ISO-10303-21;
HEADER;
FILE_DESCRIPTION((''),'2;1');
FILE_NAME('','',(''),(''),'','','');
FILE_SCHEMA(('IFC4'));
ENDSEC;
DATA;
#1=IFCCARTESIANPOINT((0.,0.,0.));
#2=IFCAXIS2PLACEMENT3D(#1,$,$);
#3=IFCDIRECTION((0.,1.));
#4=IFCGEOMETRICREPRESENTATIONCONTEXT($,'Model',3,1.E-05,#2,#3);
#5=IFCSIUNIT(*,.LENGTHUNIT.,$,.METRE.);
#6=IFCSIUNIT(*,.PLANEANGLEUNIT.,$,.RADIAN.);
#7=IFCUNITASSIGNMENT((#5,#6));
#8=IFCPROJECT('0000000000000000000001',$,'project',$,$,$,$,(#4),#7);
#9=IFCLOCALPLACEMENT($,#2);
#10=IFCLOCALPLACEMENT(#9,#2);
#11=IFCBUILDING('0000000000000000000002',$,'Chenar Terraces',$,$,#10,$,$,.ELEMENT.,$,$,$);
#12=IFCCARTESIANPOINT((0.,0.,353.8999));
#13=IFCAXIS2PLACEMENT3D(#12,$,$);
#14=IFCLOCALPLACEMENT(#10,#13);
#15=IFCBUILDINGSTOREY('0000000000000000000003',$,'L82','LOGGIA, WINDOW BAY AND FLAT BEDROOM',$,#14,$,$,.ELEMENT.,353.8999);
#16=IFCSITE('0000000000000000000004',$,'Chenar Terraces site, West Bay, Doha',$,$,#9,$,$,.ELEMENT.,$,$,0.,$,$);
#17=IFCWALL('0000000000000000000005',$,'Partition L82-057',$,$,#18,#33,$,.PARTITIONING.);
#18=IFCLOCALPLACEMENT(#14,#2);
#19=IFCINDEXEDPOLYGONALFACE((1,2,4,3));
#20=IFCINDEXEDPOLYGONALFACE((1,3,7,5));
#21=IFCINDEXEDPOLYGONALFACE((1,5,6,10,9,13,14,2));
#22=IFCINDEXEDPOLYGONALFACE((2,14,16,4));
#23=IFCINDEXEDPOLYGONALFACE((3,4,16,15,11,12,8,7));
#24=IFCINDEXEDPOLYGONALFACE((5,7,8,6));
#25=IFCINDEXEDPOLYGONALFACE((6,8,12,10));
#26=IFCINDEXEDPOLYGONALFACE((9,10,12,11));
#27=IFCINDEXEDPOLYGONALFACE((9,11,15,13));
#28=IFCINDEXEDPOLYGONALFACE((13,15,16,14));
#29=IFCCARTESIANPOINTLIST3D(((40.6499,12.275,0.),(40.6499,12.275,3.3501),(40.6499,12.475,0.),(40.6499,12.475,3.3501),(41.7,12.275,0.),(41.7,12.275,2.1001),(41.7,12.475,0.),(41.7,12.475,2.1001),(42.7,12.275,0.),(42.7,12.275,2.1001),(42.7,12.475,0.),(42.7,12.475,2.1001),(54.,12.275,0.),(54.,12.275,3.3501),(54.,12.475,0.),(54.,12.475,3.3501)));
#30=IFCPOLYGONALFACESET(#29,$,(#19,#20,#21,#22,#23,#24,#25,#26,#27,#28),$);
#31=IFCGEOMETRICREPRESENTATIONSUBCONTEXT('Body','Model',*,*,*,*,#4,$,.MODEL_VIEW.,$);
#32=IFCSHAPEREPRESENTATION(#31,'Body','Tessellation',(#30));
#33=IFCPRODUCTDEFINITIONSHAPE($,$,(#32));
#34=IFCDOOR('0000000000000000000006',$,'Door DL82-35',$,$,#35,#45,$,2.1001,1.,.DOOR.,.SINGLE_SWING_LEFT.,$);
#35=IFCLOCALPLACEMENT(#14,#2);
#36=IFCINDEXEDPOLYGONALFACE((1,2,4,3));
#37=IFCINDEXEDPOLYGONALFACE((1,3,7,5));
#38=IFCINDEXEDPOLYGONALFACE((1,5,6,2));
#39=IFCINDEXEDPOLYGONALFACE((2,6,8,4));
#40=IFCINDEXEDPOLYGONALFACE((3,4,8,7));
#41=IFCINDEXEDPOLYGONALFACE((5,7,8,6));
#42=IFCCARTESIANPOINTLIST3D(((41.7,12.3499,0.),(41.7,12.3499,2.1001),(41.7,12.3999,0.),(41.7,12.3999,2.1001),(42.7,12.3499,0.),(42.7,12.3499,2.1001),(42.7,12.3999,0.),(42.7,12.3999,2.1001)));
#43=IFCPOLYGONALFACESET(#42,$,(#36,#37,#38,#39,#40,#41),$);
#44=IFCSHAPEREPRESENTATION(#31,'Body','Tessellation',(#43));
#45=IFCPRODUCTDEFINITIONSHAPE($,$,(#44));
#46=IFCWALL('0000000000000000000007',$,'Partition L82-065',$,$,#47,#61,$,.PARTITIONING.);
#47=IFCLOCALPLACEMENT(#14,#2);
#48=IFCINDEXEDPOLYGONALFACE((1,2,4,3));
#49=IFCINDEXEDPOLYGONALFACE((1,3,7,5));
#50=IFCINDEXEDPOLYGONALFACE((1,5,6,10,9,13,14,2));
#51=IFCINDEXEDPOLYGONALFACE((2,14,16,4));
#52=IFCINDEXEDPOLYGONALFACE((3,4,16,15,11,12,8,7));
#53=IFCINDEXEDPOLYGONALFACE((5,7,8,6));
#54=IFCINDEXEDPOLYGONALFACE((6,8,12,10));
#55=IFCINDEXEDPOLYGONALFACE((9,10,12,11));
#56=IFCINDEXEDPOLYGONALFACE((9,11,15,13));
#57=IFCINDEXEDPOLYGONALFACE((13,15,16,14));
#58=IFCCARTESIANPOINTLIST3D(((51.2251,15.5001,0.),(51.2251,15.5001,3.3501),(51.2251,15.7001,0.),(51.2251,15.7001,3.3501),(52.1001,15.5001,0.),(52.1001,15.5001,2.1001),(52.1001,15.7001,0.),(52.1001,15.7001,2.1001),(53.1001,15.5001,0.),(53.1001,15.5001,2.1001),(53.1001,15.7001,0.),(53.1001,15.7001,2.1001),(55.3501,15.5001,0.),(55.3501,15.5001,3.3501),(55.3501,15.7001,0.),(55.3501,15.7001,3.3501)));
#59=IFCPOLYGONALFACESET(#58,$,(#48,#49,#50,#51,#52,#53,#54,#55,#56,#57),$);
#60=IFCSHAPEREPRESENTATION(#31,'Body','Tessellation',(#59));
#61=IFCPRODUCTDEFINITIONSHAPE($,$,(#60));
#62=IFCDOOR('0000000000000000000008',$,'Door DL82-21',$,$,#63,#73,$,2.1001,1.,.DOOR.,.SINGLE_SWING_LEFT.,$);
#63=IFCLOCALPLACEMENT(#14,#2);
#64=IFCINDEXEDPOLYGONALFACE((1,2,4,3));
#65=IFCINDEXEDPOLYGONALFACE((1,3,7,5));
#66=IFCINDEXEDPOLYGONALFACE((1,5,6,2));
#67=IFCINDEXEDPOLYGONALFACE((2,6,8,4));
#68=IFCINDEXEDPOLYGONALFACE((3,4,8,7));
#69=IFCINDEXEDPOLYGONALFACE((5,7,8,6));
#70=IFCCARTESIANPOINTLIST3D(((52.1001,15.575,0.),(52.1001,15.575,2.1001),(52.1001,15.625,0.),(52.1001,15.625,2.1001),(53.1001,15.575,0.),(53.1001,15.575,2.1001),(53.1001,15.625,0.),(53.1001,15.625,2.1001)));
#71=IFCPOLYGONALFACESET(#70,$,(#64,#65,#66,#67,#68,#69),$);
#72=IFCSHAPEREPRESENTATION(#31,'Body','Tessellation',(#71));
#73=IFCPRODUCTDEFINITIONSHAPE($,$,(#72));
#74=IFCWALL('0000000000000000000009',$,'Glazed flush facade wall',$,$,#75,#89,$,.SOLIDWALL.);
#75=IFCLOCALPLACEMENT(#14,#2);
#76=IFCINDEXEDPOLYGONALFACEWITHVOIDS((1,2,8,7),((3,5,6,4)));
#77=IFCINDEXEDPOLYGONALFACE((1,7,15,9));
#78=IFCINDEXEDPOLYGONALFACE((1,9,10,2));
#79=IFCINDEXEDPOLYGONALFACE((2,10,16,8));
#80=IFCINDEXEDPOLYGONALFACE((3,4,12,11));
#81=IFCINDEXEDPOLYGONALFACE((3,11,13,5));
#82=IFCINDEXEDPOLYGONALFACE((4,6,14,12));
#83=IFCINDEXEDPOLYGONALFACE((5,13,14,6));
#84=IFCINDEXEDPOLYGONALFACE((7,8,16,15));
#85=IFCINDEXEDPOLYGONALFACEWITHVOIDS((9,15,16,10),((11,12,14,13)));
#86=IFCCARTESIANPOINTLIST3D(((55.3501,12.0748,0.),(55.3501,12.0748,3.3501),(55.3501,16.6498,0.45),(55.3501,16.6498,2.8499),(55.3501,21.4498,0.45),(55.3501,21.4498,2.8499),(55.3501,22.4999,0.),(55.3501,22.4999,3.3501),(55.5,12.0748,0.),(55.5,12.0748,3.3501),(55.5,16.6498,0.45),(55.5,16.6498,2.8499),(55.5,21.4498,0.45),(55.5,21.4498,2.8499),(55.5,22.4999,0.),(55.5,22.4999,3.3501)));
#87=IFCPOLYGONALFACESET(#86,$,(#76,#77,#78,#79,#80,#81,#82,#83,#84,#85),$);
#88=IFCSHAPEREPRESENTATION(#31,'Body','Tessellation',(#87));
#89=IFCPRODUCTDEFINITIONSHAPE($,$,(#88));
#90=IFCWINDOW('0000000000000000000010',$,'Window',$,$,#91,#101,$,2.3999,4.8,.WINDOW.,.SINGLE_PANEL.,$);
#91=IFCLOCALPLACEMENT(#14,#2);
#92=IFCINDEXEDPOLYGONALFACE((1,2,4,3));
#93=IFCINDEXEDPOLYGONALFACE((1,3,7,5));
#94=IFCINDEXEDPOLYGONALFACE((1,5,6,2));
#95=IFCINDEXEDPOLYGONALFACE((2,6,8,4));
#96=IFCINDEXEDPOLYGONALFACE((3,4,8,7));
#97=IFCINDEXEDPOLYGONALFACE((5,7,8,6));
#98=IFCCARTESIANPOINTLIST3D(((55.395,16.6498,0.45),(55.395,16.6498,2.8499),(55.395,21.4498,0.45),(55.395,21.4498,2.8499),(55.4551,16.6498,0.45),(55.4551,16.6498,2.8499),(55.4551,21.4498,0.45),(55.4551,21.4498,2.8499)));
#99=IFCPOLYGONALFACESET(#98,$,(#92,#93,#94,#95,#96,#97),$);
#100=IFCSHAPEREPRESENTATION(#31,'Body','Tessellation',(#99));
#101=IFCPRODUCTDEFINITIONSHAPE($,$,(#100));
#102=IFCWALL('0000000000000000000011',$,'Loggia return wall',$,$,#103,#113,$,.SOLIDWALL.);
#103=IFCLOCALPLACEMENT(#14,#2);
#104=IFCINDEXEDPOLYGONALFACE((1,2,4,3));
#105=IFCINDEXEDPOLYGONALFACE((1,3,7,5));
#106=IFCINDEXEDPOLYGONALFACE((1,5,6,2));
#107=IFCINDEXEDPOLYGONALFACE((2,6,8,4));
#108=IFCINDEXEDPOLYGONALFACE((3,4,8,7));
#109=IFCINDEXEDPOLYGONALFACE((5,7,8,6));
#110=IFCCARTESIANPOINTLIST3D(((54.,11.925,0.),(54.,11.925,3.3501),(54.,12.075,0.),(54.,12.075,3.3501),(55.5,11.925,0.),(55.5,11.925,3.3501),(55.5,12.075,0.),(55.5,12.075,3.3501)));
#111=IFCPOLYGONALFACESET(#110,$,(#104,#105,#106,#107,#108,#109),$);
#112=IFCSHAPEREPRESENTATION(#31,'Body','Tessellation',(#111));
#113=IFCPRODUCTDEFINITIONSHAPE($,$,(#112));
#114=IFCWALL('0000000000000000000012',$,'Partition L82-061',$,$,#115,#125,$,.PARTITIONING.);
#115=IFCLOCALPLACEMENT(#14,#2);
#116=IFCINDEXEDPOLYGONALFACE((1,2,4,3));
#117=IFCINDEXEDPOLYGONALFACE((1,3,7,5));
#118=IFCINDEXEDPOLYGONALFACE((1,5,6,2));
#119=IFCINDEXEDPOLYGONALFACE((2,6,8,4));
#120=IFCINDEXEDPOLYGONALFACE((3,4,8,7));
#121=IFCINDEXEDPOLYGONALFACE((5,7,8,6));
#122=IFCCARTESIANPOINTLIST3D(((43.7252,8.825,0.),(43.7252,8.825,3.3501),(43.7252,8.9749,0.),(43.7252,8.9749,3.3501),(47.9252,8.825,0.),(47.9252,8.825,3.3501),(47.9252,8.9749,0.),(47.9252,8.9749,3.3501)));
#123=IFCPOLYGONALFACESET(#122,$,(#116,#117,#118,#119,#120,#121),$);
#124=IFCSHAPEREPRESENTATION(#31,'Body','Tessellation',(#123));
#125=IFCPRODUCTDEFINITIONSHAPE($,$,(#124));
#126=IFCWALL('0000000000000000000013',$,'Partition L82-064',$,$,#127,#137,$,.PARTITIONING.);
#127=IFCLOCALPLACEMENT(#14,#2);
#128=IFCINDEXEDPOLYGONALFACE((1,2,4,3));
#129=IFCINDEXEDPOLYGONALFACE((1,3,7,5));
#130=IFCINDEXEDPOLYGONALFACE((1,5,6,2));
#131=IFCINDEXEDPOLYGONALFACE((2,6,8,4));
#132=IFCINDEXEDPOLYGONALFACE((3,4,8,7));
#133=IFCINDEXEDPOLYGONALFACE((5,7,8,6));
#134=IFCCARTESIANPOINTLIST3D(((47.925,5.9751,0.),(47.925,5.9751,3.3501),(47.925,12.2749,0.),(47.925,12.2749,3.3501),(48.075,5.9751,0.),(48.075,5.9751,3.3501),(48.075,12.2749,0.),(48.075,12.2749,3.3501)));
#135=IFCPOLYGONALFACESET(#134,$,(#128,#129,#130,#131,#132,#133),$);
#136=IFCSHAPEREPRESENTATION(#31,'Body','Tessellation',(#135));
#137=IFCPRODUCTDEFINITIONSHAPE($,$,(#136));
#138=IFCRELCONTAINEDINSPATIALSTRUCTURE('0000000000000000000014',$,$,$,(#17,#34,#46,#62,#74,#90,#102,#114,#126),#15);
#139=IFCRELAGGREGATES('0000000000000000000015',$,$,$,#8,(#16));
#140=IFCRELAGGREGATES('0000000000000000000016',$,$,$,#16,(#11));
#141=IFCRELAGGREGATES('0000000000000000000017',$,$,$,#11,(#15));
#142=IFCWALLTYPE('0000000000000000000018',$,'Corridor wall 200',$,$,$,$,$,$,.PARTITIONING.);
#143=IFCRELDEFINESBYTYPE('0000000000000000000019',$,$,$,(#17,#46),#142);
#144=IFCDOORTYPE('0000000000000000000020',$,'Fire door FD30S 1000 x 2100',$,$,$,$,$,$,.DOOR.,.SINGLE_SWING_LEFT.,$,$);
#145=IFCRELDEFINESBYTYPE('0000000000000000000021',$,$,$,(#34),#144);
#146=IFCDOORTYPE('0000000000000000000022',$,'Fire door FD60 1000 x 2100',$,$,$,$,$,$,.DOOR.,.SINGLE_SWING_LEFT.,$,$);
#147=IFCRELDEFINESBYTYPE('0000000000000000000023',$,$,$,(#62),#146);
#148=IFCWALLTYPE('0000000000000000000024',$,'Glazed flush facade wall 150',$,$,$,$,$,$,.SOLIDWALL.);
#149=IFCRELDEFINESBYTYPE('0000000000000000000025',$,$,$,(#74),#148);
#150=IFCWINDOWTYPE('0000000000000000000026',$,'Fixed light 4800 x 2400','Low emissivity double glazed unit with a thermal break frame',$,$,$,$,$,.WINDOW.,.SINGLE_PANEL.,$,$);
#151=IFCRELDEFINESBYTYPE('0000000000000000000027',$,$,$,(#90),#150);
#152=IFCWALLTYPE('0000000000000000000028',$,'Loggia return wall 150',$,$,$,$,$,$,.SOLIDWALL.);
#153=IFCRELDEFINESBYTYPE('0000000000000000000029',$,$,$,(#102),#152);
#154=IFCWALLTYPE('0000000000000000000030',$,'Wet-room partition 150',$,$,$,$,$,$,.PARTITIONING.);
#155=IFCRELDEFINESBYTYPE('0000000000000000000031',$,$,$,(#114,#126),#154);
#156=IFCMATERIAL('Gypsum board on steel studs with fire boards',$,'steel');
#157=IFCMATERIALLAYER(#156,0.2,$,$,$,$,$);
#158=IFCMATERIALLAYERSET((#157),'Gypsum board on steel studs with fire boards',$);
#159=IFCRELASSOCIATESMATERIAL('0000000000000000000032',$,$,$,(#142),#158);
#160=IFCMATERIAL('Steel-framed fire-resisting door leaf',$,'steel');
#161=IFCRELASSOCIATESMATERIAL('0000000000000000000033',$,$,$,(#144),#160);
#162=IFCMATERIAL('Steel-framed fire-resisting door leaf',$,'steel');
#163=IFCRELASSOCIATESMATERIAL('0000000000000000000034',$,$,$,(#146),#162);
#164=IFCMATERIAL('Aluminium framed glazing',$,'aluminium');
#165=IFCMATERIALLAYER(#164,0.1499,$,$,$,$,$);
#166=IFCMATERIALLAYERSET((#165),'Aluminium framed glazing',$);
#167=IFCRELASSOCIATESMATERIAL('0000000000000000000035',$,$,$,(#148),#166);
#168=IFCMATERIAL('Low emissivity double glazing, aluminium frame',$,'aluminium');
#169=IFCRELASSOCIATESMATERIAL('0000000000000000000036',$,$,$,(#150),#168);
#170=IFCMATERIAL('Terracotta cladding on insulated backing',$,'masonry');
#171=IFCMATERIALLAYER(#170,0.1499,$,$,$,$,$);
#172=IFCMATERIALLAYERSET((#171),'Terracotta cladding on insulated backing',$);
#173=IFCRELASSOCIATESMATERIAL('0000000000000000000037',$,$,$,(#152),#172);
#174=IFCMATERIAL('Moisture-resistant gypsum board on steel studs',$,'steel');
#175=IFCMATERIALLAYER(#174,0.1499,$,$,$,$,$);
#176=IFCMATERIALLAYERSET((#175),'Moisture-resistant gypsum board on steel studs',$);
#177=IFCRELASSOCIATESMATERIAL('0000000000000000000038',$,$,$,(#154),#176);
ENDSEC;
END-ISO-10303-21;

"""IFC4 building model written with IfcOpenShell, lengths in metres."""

from ifc_helpers import new_model, si_unit, direction, frame, frame_2d, origin, place, context, subcontext, project, spatial, rectangle, extrude, material, layer, layer_set, type_object, element, fill, save


model = new_model("IFC4")

# Units and contexts
model_context = context("Model", 3, precision=1e-05, world=origin(), true_north=direction((0.0, 1.0)))
body_context = subcontext(model_context, "Body", "Model", "MODEL_VIEW")
ifc_project = project(units=[si_unit("LENGTHUNIT", "METRE"), si_unit("PLANEANGLEUNIT", "RADIAN")], contexts=[model_context])

# Site, building, storey
site_placement = place(None, origin())
site = spatial("IfcSite", under=ifc_project, at=site_placement, Name="Chenar Terraces site, West Bay, Doha", CompositionType="ELEMENT", RefElevation=0.0)
building_placement = place(site_placement, origin())
building = spatial("IfcBuilding", under=site, at=building_placement, Name="Chenar Terraces", CompositionType="ELEMENT")
storey_placement = place(building_placement, frame((0.0, 0.0, 353.8999)))
storey = spatial("IfcBuildingStorey", under=building, at=storey_placement, Name="L82", Description="LOGGIA, WINDOW BAY AND FLAT BEDROOM", CompositionType="ELEMENT", Elevation=353.8999)

# Walls, openings, doors
ifc_material_1 = material(Name="Gypsum board on steel studs with fire boards", Category="steel")
ifc_layer_1 = layer(ifc_material_1, 0.2)
ifc_layer_set_1 = layer_set([ifc_layer_1], Name="Gypsum board on steel studs with fire boards")
wall_type_1 = type_object("IfcWallType", Name="Corridor wall 200", PredefinedType="PARTITIONING", material=ifc_layer_set_1)
wall_1_placement = place(storey_placement, frame((40.6499, 12.375, 0.0), z_axis=(0.0, 0.0, 1.0), x_axis=(1.0, 0.0, 0.0)))
wall_1 = element("IfcWall", 1, at=wall_1_placement, inside=storey, type_object=wall_type_1, Name="Partition L82-057", PredefinedType="PARTITIONING", context=body_context, shape_type="SweptSolid", body=[
    extrude(rectangle(XDim=13.3501, YDim=0.2, at=frame_2d((6.675, 0.0))), origin(), (0.0, 0.0, 1.0), 3.3501),
])
opening_1_placement = place(wall_1_placement, frame((1.05, 0.0, 0.0)))
opening_1 = element("IfcOpeningElement", 2, at=opening_1_placement, cuts=wall_1, PredefinedType="OPENING", context=body_context, shape_type="SweptSolid", body=[
    extrude(rectangle(XDim=1.0, YDim=2.1001, at=frame_2d((0.5, 1.05))), frame((0.0, 0.1099, 0.0), z_axis=(0.0, -1.0, 0.0), x_axis=(1.0, 0.0, 0.0)), (0.0, 0.0, 1.0), 0.22),
])
ifc_material_2 = material(Name="Steel-framed fire-resisting door leaf", Category="steel")
door_type_1 = type_object("IfcDoorType", Name="Fire door FD30S 1000 x 2100", OperationType="SINGLE_SWING_LEFT", PredefinedType="DOOR", material=ifc_material_2)
door_1_placement = place(opening_1_placement, origin())
door_1 = element("IfcDoor", 3, at=door_1_placement, inside=storey, type_object=door_type_1, Name="Door DL82-35", OperationType="SINGLE_SWING_LEFT", OverallHeight=2.1001, OverallWidth=1.0, PredefinedType="DOOR", context=body_context, shape_type="SweptSolid", body=[
    extrude(rectangle(XDim=1.0, YDim=2.1001, at=frame_2d((0.5, 1.05))), frame((0.0, 0.0249, 0.0), z_axis=(0.0, -1.0, 0.0), x_axis=(1.0, 0.0, 0.0)), (0.0, 0.0, 1.0), 0.05),
])
fill(opening_1, door_1)
wall_2_placement = place(storey_placement, frame((51.2251, 15.6001, 0.0), z_axis=(0.0, 0.0, 1.0), x_axis=(1.0, 0.0, 0.0)))
wall_2 = element("IfcWall", 4, at=wall_2_placement, inside=storey, type_object=wall_type_1, Name="Partition L82-065", PredefinedType="PARTITIONING", context=body_context, shape_type="SweptSolid", body=[
    extrude(rectangle(XDim=4.125, YDim=0.2, at=frame_2d((2.0625, 0.0))), origin(), (0.0, 0.0, 1.0), 3.3501),
])
opening_2_placement = place(wall_2_placement, frame((0.875, 0.0, 0.0)))
opening_2 = element("IfcOpeningElement", 5, at=opening_2_placement, cuts=wall_2, PredefinedType="OPENING", context=body_context, shape_type="SweptSolid", body=[
    extrude(rectangle(XDim=1.0, YDim=2.1001, at=frame_2d((0.5, 1.05))), frame((0.0, 0.1099, 0.0), z_axis=(0.0, -1.0, 0.0), x_axis=(1.0, 0.0, 0.0)), (0.0, 0.0, 1.0), 0.22),
])
ifc_material_3 = material(Name="Steel-framed fire-resisting door leaf", Category="steel")
door_type_2 = type_object("IfcDoorType", Name="Fire door FD60 1000 x 2100", OperationType="SINGLE_SWING_LEFT", PredefinedType="DOOR", material=ifc_material_3)
door_2_placement = place(opening_2_placement, origin())
door_2 = element("IfcDoor", 6, at=door_2_placement, inside=storey, type_object=door_type_2, Name="Door DL82-21", OperationType="SINGLE_SWING_LEFT", OverallHeight=2.1001, OverallWidth=1.0, PredefinedType="DOOR", context=body_context, shape_type="SweptSolid", body=[
    extrude(rectangle(XDim=1.0, YDim=2.1001, at=frame_2d((0.5, 1.05))), frame((0.0, 0.0249, 0.0), z_axis=(0.0, -1.0, 0.0), x_axis=(1.0, 0.0, 0.0)), (0.0, 0.0, 1.0), 0.05),
])
fill(opening_2, door_2)

# Wall, opening, window
ifc_material_4 = material(Name="Aluminium framed glazing", Category="aluminium")
ifc_layer_2 = layer(ifc_material_4, 0.1499)
ifc_layer_set_2 = layer_set([ifc_layer_2], Name="Aluminium framed glazing")
wall_type_2 = type_object("IfcWallType", Name="Glazed flush facade wall 150", PredefinedType="SOLIDWALL", material=ifc_layer_set_2)
wall_3_placement = place(storey_placement, frame((55.425, 12.075, 0.0), z_axis=(0.0, 0.0, 1.0), x_axis=(0.0, 1.0, 0.0)))
wall_3 = element("IfcWall", 7, at=wall_3_placement, inside=storey, type_object=wall_type_2, Name="Glazed flush facade wall", PredefinedType="SOLIDWALL", context=body_context, shape_type="SweptSolid", body=[
    extrude(rectangle(XDim=10.425, YDim=0.1499, at=frame_2d((5.2124, 0.0))), origin(), (0.0, 0.0, 1.0), 3.3501),
])
opening_3_placement = place(wall_3_placement, frame((4.575, 0.0, 0.45)))
opening_3 = element("IfcOpeningElement", 8, at=opening_3_placement, cuts=wall_3, PredefinedType="OPENING", context=body_context, shape_type="SweptSolid", body=[
    extrude(rectangle(XDim=4.8, YDim=2.3999, at=frame_2d((2.3999, 1.2))), frame((0.0, 0.085, 0.0), z_axis=(0.0, -1.0, 0.0), x_axis=(1.0, 0.0, 0.0)), (0.0, 0.0, 1.0), 0.1699),
])
ifc_material_5 = material(Name="Low emissivity double glazing, aluminium frame", Category="aluminium")
window_type = type_object("IfcWindowType", Name="Fixed light 4800 x 2400", Description="Low emissivity double glazed unit with a thermal break frame", PartitioningType="SINGLE_PANEL", PredefinedType="WINDOW", material=ifc_material_5)
window_placement = place(opening_3_placement, origin())
window = element("IfcWindow", 9, at=window_placement, inside=storey, type_object=window_type, Name="Window", OverallHeight=2.3999, OverallWidth=4.8, PartitioningType="SINGLE_PANEL", PredefinedType="WINDOW", context=body_context, shape_type="SweptSolid", body=[
    extrude(rectangle(XDim=4.8, YDim=2.3999, at=frame_2d((2.3999, 1.2))), frame((0.0, 0.03, 0.0), z_axis=(0.0, -1.0, 0.0), x_axis=(1.0, 0.0, 0.0)), (0.0, 0.0, 1.0), 0.0601),
])
fill(opening_3, window)

# Walls
ifc_material_6 = material(Name="Terracotta cladding on insulated backing", Category="masonry")
ifc_layer_3 = layer(ifc_material_6, 0.1499)
ifc_layer_set_3 = layer_set([ifc_layer_3], Name="Terracotta cladding on insulated backing")
wall_type_3 = type_object("IfcWallType", Name="Loggia return wall 150", PredefinedType="SOLIDWALL", material=ifc_layer_set_3)
wall_4_placement = place(storey_placement, frame((55.5, 12.0, 0.0), z_axis=(0.0, 0.0, 1.0), x_axis=(-1.0, 0.0, 0.0)))
element("IfcWall", 10, at=wall_4_placement, inside=storey, type_object=wall_type_3, Name="Loggia return wall", PredefinedType="SOLIDWALL", context=body_context, shape_type="SweptSolid", body=[
    extrude(rectangle(XDim=1.5, YDim=0.1499, at=frame_2d((0.75, 0.0))), origin(), (0.0, 0.0, 1.0), 3.3501),
])
ifc_material_7 = material(Name="Moisture-resistant gypsum board on steel studs", Category="steel")
ifc_layer_4 = layer(ifc_material_7, 0.1499)
ifc_layer_set_4 = layer_set([ifc_layer_4], Name="Moisture-resistant gypsum board on steel studs")
wall_type_4 = type_object("IfcWallType", Name="Wet-room partition 150", PredefinedType="PARTITIONING", material=ifc_layer_set_4)
wall_5_placement = place(storey_placement, frame((43.7251, 8.8999, 0.0), z_axis=(0.0, 0.0, 1.0), x_axis=(1.0, 0.0, 0.0)))
element("IfcWall", 11, at=wall_5_placement, inside=storey, type_object=wall_type_4, Name="Partition L82-061", PredefinedType="PARTITIONING", context=body_context, shape_type="SweptSolid", body=[
    extrude(rectangle(XDim=4.2, YDim=0.1499, at=frame_2d((2.1001, 0.0))), origin(), (0.0, 0.0, 1.0), 3.3501),
])
wall_6_placement = place(storey_placement, frame((48.0, 5.9751, 0.0), z_axis=(0.0, 0.0, 1.0), x_axis=(0.0, 1.0, 0.0)))
element("IfcWall", 12, at=wall_6_placement, inside=storey, type_object=wall_type_4, Name="Partition L82-064", PredefinedType="PARTITIONING", context=body_context, shape_type="SweptSolid", body=[
    extrude(rectangle(XDim=6.2998, YDim=0.1499, at=frame_2d((3.1499, 0.0))), origin(), (0.0, 0.0, 1.0), 3.3501),
])

save(model, "model.ifc")
